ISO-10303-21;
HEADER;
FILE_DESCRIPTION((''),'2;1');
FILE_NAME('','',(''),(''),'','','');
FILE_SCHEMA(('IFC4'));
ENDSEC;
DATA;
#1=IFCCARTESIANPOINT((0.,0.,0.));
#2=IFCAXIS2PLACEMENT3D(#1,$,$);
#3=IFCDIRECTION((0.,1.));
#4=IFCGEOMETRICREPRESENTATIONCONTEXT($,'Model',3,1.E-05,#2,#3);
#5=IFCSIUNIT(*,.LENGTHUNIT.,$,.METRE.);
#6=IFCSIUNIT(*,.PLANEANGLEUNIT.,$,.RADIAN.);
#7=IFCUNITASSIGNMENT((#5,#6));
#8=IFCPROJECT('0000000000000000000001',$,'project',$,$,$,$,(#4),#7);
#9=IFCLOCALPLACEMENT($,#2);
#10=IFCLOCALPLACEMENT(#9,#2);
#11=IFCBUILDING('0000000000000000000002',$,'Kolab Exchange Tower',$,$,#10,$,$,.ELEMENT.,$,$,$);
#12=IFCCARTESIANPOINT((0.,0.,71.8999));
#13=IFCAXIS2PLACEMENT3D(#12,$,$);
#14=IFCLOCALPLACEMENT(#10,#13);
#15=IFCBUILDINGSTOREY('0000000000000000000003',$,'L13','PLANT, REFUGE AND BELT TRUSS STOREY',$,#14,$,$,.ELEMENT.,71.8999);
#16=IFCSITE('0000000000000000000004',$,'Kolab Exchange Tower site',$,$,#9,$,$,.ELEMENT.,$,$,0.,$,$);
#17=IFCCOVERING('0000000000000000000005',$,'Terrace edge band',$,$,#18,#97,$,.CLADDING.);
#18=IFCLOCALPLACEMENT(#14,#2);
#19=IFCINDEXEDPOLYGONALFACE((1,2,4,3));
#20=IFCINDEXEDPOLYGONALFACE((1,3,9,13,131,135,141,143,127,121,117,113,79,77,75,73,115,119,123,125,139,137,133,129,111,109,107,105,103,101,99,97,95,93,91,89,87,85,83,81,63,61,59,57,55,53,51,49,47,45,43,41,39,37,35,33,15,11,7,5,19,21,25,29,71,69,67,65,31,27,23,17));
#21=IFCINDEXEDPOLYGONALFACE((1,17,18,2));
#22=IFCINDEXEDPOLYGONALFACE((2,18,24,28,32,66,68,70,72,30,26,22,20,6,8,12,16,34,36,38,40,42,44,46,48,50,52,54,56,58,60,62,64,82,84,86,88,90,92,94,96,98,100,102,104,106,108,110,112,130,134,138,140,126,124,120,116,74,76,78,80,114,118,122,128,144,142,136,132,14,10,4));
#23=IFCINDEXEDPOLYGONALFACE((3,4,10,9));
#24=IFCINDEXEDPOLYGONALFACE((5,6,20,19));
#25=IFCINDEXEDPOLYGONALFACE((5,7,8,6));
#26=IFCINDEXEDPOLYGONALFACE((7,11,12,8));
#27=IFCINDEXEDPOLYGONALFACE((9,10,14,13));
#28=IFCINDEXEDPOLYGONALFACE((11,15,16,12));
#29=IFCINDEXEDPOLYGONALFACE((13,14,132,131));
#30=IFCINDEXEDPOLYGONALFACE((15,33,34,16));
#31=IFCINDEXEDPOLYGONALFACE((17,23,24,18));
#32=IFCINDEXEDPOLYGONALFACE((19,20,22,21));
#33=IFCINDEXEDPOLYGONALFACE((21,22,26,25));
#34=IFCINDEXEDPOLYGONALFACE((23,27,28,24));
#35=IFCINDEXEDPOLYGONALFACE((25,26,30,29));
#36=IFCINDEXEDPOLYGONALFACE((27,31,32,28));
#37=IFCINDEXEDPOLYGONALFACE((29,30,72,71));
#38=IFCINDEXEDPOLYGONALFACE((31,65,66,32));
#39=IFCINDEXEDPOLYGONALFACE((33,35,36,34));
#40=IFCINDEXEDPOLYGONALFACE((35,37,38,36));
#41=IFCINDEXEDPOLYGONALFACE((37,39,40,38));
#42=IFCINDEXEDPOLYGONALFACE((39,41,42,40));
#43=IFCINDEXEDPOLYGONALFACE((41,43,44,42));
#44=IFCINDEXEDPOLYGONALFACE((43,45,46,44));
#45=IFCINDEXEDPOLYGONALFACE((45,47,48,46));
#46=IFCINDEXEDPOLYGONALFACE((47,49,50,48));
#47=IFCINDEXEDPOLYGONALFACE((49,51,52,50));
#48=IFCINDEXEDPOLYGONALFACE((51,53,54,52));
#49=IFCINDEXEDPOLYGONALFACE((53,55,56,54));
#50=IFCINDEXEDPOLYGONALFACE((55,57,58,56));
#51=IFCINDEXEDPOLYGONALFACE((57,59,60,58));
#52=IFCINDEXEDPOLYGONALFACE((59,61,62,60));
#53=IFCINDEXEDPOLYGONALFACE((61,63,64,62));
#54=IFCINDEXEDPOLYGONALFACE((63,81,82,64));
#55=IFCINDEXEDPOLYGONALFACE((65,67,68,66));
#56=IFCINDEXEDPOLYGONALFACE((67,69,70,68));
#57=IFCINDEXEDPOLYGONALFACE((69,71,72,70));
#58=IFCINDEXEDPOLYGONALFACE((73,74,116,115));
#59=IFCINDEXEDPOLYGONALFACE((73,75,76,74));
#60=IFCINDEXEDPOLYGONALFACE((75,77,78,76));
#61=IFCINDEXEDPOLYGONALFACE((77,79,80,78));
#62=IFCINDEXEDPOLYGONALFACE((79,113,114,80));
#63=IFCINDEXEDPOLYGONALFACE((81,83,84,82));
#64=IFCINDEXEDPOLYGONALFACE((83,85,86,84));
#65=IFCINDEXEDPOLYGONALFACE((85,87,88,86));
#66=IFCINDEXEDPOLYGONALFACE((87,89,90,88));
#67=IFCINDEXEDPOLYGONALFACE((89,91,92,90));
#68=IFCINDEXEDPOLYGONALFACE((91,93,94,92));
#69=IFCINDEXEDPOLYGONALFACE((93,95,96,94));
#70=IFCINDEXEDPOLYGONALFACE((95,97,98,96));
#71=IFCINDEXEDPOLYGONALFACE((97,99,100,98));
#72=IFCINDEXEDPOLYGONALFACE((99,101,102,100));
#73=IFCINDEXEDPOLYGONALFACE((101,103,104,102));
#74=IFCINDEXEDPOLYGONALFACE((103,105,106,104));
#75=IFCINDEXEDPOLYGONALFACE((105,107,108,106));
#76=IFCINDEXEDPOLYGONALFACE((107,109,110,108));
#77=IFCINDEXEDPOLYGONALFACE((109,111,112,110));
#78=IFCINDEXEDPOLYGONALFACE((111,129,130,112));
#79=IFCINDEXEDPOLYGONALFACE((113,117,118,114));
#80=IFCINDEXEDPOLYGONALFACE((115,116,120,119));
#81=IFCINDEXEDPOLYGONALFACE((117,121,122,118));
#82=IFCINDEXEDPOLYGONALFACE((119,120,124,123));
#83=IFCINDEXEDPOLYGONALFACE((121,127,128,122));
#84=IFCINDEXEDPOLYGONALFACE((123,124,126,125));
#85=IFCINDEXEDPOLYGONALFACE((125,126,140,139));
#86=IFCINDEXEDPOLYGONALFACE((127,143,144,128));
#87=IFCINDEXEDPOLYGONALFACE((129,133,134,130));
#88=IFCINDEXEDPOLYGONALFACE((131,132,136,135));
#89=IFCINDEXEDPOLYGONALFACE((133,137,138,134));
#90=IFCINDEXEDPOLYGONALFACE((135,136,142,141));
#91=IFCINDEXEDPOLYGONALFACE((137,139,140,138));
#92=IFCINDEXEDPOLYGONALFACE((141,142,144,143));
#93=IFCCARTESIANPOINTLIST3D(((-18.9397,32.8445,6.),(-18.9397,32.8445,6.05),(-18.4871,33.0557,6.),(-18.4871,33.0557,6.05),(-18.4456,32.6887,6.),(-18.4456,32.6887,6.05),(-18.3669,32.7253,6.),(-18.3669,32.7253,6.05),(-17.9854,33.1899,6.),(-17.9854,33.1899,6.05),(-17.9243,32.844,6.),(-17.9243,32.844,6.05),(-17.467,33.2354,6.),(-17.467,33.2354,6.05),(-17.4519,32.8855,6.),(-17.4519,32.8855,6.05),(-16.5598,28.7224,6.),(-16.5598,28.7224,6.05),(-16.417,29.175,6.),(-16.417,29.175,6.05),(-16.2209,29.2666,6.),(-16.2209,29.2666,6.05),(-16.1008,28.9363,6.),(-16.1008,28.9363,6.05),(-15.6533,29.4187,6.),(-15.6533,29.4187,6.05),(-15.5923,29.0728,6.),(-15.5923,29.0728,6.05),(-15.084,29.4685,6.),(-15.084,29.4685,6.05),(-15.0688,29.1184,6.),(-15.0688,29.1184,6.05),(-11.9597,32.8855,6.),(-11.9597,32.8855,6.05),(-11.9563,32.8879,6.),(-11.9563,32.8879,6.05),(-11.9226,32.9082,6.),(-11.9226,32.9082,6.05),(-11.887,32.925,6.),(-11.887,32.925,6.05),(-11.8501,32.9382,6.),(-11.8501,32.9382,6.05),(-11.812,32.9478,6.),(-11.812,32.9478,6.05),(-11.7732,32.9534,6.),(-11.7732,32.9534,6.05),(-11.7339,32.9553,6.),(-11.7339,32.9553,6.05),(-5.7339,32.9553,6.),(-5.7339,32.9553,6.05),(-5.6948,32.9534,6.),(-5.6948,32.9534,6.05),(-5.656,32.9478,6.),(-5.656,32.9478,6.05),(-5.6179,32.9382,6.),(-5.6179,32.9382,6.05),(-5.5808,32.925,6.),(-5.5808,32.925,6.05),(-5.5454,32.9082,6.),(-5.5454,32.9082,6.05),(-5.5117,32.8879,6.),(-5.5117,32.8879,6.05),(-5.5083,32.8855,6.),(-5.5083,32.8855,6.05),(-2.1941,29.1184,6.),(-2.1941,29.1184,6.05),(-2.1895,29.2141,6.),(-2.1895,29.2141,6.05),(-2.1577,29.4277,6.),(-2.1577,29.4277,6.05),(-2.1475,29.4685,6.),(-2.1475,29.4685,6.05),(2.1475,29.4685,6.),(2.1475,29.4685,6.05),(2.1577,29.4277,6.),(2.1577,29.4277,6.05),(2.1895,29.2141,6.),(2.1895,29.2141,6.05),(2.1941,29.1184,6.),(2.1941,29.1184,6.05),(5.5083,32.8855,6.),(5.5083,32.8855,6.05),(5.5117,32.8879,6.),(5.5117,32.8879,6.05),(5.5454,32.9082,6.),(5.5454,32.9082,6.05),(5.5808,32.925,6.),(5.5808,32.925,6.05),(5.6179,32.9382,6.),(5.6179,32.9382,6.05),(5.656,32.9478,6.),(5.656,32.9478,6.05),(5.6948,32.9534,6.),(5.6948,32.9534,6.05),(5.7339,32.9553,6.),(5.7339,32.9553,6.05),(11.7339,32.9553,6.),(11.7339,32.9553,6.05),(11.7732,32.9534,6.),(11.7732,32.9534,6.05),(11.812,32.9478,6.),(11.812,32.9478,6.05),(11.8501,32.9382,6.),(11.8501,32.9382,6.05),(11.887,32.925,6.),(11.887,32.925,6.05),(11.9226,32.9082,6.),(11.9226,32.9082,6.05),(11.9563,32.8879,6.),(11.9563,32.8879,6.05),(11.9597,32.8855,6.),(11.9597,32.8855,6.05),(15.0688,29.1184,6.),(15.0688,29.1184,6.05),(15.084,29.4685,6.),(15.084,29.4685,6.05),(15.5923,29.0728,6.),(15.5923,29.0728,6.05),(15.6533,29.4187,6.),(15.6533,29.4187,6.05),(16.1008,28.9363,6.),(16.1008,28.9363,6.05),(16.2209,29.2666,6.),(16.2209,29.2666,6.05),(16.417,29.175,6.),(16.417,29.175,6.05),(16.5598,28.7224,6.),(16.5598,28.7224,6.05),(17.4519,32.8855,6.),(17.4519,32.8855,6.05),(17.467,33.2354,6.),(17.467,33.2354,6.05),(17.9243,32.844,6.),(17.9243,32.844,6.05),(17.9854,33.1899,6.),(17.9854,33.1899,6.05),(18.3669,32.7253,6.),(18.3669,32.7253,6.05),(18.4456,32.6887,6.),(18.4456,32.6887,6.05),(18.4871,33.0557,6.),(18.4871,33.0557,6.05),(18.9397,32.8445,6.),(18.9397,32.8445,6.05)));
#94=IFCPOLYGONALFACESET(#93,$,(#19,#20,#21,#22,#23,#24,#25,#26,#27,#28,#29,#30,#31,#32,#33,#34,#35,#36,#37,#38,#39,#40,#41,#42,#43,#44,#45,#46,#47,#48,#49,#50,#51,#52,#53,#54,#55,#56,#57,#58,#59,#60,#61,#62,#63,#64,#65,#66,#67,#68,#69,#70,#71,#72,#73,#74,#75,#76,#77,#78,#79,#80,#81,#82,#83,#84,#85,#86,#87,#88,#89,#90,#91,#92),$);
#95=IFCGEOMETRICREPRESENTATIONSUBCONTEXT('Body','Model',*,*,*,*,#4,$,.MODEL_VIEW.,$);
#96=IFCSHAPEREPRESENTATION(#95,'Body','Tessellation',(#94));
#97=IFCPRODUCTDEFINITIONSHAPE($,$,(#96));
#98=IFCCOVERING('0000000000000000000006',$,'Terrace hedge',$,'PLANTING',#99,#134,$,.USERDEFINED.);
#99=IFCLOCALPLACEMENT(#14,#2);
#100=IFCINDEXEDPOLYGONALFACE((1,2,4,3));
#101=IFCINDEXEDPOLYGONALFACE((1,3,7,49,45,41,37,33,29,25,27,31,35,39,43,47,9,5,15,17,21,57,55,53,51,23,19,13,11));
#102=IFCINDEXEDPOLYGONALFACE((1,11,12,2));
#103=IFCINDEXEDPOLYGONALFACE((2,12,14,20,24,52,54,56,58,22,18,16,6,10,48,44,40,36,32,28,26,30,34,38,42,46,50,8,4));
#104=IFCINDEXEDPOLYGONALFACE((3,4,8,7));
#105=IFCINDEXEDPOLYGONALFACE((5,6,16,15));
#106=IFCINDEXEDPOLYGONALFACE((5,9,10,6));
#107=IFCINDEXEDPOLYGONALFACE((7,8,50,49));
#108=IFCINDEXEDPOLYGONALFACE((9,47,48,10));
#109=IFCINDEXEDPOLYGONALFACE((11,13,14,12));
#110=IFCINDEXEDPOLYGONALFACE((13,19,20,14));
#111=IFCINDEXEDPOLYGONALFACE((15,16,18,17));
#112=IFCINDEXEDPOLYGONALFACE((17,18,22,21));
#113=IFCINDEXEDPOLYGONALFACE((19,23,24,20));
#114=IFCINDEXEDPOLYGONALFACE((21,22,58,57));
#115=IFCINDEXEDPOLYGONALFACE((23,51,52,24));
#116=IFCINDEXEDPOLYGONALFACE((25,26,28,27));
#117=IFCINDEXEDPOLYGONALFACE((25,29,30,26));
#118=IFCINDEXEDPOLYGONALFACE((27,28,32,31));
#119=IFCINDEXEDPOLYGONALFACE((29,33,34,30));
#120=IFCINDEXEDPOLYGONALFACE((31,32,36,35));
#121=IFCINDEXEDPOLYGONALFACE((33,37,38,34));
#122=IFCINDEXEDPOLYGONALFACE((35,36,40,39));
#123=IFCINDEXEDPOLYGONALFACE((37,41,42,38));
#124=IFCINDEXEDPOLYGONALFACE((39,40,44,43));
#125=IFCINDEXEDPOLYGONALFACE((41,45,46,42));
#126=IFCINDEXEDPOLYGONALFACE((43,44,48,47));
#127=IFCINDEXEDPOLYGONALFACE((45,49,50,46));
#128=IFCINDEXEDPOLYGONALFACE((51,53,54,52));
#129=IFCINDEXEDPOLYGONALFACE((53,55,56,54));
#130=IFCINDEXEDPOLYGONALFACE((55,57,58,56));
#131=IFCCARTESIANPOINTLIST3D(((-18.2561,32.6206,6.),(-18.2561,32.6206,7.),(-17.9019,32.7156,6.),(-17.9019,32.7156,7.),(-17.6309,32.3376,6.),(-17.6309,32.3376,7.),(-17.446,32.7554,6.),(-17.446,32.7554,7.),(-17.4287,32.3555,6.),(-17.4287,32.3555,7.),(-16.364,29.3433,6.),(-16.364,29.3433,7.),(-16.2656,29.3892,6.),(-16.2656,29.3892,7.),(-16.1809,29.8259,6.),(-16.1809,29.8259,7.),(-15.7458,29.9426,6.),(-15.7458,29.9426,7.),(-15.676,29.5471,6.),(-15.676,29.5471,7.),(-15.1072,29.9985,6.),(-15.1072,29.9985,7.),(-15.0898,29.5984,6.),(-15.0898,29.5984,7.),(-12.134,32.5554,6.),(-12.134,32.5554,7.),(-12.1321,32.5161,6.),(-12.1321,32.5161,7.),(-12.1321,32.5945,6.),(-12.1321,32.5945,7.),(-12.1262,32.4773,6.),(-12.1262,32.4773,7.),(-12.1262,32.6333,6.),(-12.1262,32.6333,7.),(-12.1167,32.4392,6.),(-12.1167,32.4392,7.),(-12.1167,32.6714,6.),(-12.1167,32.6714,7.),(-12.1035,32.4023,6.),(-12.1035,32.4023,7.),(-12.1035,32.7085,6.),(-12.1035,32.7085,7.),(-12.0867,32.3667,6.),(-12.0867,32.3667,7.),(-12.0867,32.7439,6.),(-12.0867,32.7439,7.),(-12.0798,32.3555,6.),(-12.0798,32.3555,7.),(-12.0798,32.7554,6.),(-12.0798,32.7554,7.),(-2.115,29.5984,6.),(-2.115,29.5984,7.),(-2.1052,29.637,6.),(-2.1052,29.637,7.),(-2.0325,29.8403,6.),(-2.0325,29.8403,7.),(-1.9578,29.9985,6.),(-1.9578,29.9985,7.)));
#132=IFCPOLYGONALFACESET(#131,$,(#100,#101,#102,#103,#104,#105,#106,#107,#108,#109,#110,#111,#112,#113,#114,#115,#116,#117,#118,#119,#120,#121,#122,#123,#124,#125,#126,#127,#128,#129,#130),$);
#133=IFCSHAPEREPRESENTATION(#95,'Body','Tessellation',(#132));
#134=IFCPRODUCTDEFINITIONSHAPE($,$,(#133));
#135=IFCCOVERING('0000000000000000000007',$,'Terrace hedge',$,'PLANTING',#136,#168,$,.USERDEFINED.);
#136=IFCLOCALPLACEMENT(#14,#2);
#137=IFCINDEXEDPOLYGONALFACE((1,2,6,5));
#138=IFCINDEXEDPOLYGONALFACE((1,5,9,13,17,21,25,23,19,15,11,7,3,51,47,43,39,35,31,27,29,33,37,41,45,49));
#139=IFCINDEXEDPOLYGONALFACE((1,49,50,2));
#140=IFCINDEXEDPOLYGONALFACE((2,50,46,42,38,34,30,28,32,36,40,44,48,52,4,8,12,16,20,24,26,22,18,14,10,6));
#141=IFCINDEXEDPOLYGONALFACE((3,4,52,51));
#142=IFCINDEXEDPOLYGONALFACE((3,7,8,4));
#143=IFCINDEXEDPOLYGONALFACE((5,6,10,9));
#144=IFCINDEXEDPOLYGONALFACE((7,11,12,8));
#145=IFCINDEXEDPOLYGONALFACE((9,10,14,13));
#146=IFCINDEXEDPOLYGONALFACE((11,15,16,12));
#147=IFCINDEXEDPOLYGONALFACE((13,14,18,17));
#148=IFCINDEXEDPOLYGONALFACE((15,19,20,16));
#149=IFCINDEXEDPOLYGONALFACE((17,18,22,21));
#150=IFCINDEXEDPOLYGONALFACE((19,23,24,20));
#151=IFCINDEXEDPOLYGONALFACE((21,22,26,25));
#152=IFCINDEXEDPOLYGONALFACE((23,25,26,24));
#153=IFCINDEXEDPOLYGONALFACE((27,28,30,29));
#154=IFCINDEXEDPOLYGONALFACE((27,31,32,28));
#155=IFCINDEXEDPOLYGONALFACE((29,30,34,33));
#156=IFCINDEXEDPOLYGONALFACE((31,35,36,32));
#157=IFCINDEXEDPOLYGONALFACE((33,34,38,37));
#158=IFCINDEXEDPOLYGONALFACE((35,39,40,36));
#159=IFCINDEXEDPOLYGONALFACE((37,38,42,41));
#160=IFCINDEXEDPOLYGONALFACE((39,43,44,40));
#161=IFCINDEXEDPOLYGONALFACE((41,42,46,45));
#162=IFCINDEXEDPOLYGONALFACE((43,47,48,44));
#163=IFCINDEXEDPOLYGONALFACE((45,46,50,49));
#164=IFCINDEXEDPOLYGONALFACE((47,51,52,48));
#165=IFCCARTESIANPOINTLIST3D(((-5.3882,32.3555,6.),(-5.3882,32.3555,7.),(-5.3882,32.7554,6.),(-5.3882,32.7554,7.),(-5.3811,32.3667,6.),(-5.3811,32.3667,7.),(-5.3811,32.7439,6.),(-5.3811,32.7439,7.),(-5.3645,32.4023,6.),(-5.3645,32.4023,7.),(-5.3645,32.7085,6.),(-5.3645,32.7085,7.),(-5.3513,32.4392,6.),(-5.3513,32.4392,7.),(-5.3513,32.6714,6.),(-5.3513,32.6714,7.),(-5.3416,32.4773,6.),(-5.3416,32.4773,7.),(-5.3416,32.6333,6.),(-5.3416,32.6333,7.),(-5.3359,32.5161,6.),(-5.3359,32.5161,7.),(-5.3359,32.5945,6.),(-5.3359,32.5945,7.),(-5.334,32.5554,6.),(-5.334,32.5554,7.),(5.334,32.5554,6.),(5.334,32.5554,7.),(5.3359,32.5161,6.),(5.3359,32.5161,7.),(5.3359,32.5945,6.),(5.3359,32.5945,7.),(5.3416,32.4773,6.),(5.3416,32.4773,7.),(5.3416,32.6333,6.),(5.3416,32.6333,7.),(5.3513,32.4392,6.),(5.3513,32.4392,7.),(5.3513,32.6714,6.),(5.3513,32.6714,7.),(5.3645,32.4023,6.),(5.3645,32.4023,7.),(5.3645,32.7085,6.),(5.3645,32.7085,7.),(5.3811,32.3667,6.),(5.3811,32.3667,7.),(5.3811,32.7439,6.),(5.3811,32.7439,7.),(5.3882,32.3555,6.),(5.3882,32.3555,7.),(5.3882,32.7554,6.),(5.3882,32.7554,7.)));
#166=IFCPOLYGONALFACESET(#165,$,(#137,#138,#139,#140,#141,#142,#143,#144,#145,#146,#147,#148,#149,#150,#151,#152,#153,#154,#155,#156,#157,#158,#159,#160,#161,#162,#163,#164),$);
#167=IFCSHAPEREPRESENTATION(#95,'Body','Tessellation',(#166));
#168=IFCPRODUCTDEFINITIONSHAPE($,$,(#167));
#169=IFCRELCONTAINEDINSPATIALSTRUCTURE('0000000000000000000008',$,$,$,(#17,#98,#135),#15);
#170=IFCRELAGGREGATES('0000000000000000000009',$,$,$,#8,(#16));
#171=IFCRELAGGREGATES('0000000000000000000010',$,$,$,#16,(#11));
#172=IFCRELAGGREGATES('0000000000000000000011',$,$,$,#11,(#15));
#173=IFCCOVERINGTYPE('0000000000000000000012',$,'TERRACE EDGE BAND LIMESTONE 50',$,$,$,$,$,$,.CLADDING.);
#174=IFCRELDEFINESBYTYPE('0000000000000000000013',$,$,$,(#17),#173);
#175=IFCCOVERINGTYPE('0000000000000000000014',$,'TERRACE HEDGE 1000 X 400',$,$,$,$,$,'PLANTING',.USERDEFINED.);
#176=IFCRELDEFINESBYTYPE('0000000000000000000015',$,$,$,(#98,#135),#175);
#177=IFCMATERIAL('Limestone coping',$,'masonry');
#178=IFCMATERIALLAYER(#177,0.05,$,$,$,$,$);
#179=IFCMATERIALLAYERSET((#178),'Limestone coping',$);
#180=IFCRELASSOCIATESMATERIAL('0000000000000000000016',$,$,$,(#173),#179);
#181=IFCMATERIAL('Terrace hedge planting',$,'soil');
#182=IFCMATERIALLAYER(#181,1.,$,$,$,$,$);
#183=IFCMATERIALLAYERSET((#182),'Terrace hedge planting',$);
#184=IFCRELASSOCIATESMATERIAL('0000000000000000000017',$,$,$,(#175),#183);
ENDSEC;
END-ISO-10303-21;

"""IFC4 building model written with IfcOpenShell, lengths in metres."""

from ifc_helpers import new_model, si_unit, direction, frame, origin, place, context, subcontext, project, spatial, polyline, outline, extrude, material, layer, layer_set, type_object, element, save


model = new_model("IFC4")

# Units and contexts
model_context = context("Model", 3, precision=1e-05, world=origin(), true_north=direction((0.0, 1.0)))
body_context = subcontext(model_context, "Body", "Model", "MODEL_VIEW")
ifc_project = project(units=[si_unit("LENGTHUNIT", "METRE"), si_unit("PLANEANGLEUNIT", "RADIAN")], contexts=[model_context])

# Site, building, storey
site_placement = place(None, origin())
site = spatial("IfcSite", under=ifc_project, at=site_placement, Name="Kolab Exchange Tower site", CompositionType="ELEMENT", RefElevation=0.0)
building_placement = place(site_placement, origin())
building = spatial("IfcBuilding", under=site, at=building_placement, Name="Kolab Exchange Tower", CompositionType="ELEMENT")
storey_placement = place(building_placement, frame((0.0, 0.0, 71.8999)))
storey = spatial("IfcBuildingStorey", under=building, at=storey_placement, Name="L13", Description="PLANT, REFUGE AND BELT TRUSS STOREY", CompositionType="ELEMENT", Elevation=71.8999)

# Coverings
ifc_material_1 = material(Name="Limestone coping", Category="masonry")
ifc_layer_1 = layer(ifc_material_1, 0.05)
ifc_layer_set_1 = layer_set([ifc_layer_1], Name="Limestone coping")
covering_type_1 = type_object("IfcCoveringType", Name="TERRACE EDGE BAND LIMESTONE 50", PredefinedType="CLADDING", material=ifc_layer_set_1)
covering_1_placement = place(storey_placement, frame((0.0, 0.0, 6.0)))
element("IfcCovering", 1, at=covering_1_placement, inside=storey, type_object=covering_type_1, Name="Terrace edge band", PredefinedType="CLADDING", context=body_context, shape_type="SweptSolid", body=[
    extrude(outline(polyline([(-17.9854, 33.1899), (-17.467, 33.2354), (17.467, 33.2354), (17.9854, 33.1899), (18.4871, 33.0557), (18.9397, 32.8445), (16.5598, 28.7224), (16.1008, 28.9363), (15.5923, 29.0728), (15.0688, 29.1184), (2.1941, 29.1184), (2.1895, 29.2141), (2.1577, 29.4277), (2.1475, 29.4685), (15.084, 29.4685), (15.6533, 29.4187), (16.2209, 29.2666), (16.417, 29.175), (18.4456, 32.6887), (18.3669, 32.7253), (17.9243, 32.844), (17.4519, 32.8855), (11.9597, 32.8855), (11.9563, 32.8879), (11.9226, 32.9082), (11.887, 32.925), (11.8501, 32.9382), (11.812, 32.9478), (11.7732, 32.9534), (11.7339, 32.9553), (5.7339, 32.9553), (5.6948, 32.9534), (5.656, 32.9478), (5.6179, 32.9382), (5.5808, 32.925), (5.5454, 32.9082), (5.5117, 32.8879), (5.5083, 32.8855), (-5.5083, 32.8855), (-5.5117, 32.8879), (-5.5454, 32.9082), (-5.5808, 32.925), (-5.6179, 32.9382), (-5.656, 32.9478), (-5.6948, 32.9534), (-5.7339, 32.9553), (-11.7339, 32.9553), (-11.7732, 32.9534), (-11.812, 32.9478), (-11.8501, 32.9382), (-11.887, 32.925), (-11.9226, 32.9082), (-11.9563, 32.8879), (-11.9597, 32.8855), (-17.4519, 32.8855), (-17.9243, 32.844), (-18.3669, 32.7253), (-18.4456, 32.6887), (-16.417, 29.175), (-16.2209, 29.2666), (-15.6533, 29.4187), (-15.084, 29.4685), (-2.1475, 29.4685), (-2.1577, 29.4277), (-2.1895, 29.2141), (-2.1941, 29.1184), (-15.0688, 29.1184), (-15.5923, 29.0728), (-16.1008, 28.9363), (-16.5598, 28.7224), (-18.9397, 32.8445), (-18.4871, 33.0557), (-17.9854, 33.1899)])), origin(), (0.0, 0.0, 1.0), 0.05),
])
ifc_material_2 = material(Name="Terrace hedge planting", Category="soil")
ifc_layer_2 = layer(ifc_material_2, 1.0)
ifc_layer_set_2 = layer_set([ifc_layer_2], Name="Terrace hedge planting")
covering_type_2 = type_object("IfcCoveringType", Name="TERRACE HEDGE 1000 X 400", ElementType="PLANTING", PredefinedType="USERDEFINED", material=ifc_layer_set_2)
covering_2_placement = place(storey_placement, frame((0.0, 0.0, 6.0)))
element("IfcCovering", 2, at=covering_2_placement, inside=storey, type_object=covering_type_2, Name="Terrace hedge", ObjectType="PLANTING", PredefinedType="USERDEFINED", context=body_context, shape_type="SweptSolid", body=[
    extrude(outline(polyline([(-17.446, 32.7554), (-12.0798, 32.7554), (-12.0867, 32.7439), (-12.1035, 32.7085), (-12.1167, 32.6714), (-12.1262, 32.6333), (-12.1321, 32.5945), (-12.134, 32.5554), (-12.1321, 32.5161), (-12.1262, 32.4773), (-12.1167, 32.4392), (-12.1035, 32.4023), (-12.0867, 32.3667), (-12.0798, 32.3555), (-17.4287, 32.3555), (-17.6309, 32.3376), (-16.1809, 29.8259), (-15.7458, 29.9426), (-15.1072, 29.9985), (-1.9578, 29.9985), (-2.0325, 29.8403), (-2.1052, 29.637), (-2.115, 29.5984), (-15.0898, 29.5984), (-15.676, 29.5471), (-16.2656, 29.3892), (-16.364, 29.3433), (-18.2561, 32.6206), (-17.9019, 32.7156), (-17.446, 32.7554)])), origin(), (0.0, 0.0, 1.0), 1.0),
])
covering_3_placement = place(storey_placement, frame((0.0, 0.0, 6.0)))
element("IfcCovering", 3, at=covering_3_placement, inside=storey, type_object=covering_type_2, Name="Terrace hedge", ObjectType="PLANTING", PredefinedType="USERDEFINED", context=body_context, shape_type="SweptSolid", body=[
    extrude(outline(polyline([(5.3882, 32.7554), (5.3811, 32.7439), (5.3645, 32.7085), (5.3513, 32.6714), (5.3416, 32.6333), (5.3359, 32.5945), (5.334, 32.5554), (5.3359, 32.5161), (5.3416, 32.4773), (5.3513, 32.4392), (5.3645, 32.4023), (5.3811, 32.3667), (5.3882, 32.3555), (-5.3882, 32.3555), (-5.3811, 32.3667), (-5.3645, 32.4023), (-5.3513, 32.4392), (-5.3416, 32.4773), (-5.3359, 32.5161), (-5.334, 32.5554), (-5.3359, 32.5945), (-5.3416, 32.6333), (-5.3513, 32.6714), (-5.3645, 32.7085), (-5.3811, 32.7439), (-5.3882, 32.7554), (5.3882, 32.7554)])), origin(), (0.0, 0.0, 1.0), 1.0),
])

save(model, "model.ifc")
